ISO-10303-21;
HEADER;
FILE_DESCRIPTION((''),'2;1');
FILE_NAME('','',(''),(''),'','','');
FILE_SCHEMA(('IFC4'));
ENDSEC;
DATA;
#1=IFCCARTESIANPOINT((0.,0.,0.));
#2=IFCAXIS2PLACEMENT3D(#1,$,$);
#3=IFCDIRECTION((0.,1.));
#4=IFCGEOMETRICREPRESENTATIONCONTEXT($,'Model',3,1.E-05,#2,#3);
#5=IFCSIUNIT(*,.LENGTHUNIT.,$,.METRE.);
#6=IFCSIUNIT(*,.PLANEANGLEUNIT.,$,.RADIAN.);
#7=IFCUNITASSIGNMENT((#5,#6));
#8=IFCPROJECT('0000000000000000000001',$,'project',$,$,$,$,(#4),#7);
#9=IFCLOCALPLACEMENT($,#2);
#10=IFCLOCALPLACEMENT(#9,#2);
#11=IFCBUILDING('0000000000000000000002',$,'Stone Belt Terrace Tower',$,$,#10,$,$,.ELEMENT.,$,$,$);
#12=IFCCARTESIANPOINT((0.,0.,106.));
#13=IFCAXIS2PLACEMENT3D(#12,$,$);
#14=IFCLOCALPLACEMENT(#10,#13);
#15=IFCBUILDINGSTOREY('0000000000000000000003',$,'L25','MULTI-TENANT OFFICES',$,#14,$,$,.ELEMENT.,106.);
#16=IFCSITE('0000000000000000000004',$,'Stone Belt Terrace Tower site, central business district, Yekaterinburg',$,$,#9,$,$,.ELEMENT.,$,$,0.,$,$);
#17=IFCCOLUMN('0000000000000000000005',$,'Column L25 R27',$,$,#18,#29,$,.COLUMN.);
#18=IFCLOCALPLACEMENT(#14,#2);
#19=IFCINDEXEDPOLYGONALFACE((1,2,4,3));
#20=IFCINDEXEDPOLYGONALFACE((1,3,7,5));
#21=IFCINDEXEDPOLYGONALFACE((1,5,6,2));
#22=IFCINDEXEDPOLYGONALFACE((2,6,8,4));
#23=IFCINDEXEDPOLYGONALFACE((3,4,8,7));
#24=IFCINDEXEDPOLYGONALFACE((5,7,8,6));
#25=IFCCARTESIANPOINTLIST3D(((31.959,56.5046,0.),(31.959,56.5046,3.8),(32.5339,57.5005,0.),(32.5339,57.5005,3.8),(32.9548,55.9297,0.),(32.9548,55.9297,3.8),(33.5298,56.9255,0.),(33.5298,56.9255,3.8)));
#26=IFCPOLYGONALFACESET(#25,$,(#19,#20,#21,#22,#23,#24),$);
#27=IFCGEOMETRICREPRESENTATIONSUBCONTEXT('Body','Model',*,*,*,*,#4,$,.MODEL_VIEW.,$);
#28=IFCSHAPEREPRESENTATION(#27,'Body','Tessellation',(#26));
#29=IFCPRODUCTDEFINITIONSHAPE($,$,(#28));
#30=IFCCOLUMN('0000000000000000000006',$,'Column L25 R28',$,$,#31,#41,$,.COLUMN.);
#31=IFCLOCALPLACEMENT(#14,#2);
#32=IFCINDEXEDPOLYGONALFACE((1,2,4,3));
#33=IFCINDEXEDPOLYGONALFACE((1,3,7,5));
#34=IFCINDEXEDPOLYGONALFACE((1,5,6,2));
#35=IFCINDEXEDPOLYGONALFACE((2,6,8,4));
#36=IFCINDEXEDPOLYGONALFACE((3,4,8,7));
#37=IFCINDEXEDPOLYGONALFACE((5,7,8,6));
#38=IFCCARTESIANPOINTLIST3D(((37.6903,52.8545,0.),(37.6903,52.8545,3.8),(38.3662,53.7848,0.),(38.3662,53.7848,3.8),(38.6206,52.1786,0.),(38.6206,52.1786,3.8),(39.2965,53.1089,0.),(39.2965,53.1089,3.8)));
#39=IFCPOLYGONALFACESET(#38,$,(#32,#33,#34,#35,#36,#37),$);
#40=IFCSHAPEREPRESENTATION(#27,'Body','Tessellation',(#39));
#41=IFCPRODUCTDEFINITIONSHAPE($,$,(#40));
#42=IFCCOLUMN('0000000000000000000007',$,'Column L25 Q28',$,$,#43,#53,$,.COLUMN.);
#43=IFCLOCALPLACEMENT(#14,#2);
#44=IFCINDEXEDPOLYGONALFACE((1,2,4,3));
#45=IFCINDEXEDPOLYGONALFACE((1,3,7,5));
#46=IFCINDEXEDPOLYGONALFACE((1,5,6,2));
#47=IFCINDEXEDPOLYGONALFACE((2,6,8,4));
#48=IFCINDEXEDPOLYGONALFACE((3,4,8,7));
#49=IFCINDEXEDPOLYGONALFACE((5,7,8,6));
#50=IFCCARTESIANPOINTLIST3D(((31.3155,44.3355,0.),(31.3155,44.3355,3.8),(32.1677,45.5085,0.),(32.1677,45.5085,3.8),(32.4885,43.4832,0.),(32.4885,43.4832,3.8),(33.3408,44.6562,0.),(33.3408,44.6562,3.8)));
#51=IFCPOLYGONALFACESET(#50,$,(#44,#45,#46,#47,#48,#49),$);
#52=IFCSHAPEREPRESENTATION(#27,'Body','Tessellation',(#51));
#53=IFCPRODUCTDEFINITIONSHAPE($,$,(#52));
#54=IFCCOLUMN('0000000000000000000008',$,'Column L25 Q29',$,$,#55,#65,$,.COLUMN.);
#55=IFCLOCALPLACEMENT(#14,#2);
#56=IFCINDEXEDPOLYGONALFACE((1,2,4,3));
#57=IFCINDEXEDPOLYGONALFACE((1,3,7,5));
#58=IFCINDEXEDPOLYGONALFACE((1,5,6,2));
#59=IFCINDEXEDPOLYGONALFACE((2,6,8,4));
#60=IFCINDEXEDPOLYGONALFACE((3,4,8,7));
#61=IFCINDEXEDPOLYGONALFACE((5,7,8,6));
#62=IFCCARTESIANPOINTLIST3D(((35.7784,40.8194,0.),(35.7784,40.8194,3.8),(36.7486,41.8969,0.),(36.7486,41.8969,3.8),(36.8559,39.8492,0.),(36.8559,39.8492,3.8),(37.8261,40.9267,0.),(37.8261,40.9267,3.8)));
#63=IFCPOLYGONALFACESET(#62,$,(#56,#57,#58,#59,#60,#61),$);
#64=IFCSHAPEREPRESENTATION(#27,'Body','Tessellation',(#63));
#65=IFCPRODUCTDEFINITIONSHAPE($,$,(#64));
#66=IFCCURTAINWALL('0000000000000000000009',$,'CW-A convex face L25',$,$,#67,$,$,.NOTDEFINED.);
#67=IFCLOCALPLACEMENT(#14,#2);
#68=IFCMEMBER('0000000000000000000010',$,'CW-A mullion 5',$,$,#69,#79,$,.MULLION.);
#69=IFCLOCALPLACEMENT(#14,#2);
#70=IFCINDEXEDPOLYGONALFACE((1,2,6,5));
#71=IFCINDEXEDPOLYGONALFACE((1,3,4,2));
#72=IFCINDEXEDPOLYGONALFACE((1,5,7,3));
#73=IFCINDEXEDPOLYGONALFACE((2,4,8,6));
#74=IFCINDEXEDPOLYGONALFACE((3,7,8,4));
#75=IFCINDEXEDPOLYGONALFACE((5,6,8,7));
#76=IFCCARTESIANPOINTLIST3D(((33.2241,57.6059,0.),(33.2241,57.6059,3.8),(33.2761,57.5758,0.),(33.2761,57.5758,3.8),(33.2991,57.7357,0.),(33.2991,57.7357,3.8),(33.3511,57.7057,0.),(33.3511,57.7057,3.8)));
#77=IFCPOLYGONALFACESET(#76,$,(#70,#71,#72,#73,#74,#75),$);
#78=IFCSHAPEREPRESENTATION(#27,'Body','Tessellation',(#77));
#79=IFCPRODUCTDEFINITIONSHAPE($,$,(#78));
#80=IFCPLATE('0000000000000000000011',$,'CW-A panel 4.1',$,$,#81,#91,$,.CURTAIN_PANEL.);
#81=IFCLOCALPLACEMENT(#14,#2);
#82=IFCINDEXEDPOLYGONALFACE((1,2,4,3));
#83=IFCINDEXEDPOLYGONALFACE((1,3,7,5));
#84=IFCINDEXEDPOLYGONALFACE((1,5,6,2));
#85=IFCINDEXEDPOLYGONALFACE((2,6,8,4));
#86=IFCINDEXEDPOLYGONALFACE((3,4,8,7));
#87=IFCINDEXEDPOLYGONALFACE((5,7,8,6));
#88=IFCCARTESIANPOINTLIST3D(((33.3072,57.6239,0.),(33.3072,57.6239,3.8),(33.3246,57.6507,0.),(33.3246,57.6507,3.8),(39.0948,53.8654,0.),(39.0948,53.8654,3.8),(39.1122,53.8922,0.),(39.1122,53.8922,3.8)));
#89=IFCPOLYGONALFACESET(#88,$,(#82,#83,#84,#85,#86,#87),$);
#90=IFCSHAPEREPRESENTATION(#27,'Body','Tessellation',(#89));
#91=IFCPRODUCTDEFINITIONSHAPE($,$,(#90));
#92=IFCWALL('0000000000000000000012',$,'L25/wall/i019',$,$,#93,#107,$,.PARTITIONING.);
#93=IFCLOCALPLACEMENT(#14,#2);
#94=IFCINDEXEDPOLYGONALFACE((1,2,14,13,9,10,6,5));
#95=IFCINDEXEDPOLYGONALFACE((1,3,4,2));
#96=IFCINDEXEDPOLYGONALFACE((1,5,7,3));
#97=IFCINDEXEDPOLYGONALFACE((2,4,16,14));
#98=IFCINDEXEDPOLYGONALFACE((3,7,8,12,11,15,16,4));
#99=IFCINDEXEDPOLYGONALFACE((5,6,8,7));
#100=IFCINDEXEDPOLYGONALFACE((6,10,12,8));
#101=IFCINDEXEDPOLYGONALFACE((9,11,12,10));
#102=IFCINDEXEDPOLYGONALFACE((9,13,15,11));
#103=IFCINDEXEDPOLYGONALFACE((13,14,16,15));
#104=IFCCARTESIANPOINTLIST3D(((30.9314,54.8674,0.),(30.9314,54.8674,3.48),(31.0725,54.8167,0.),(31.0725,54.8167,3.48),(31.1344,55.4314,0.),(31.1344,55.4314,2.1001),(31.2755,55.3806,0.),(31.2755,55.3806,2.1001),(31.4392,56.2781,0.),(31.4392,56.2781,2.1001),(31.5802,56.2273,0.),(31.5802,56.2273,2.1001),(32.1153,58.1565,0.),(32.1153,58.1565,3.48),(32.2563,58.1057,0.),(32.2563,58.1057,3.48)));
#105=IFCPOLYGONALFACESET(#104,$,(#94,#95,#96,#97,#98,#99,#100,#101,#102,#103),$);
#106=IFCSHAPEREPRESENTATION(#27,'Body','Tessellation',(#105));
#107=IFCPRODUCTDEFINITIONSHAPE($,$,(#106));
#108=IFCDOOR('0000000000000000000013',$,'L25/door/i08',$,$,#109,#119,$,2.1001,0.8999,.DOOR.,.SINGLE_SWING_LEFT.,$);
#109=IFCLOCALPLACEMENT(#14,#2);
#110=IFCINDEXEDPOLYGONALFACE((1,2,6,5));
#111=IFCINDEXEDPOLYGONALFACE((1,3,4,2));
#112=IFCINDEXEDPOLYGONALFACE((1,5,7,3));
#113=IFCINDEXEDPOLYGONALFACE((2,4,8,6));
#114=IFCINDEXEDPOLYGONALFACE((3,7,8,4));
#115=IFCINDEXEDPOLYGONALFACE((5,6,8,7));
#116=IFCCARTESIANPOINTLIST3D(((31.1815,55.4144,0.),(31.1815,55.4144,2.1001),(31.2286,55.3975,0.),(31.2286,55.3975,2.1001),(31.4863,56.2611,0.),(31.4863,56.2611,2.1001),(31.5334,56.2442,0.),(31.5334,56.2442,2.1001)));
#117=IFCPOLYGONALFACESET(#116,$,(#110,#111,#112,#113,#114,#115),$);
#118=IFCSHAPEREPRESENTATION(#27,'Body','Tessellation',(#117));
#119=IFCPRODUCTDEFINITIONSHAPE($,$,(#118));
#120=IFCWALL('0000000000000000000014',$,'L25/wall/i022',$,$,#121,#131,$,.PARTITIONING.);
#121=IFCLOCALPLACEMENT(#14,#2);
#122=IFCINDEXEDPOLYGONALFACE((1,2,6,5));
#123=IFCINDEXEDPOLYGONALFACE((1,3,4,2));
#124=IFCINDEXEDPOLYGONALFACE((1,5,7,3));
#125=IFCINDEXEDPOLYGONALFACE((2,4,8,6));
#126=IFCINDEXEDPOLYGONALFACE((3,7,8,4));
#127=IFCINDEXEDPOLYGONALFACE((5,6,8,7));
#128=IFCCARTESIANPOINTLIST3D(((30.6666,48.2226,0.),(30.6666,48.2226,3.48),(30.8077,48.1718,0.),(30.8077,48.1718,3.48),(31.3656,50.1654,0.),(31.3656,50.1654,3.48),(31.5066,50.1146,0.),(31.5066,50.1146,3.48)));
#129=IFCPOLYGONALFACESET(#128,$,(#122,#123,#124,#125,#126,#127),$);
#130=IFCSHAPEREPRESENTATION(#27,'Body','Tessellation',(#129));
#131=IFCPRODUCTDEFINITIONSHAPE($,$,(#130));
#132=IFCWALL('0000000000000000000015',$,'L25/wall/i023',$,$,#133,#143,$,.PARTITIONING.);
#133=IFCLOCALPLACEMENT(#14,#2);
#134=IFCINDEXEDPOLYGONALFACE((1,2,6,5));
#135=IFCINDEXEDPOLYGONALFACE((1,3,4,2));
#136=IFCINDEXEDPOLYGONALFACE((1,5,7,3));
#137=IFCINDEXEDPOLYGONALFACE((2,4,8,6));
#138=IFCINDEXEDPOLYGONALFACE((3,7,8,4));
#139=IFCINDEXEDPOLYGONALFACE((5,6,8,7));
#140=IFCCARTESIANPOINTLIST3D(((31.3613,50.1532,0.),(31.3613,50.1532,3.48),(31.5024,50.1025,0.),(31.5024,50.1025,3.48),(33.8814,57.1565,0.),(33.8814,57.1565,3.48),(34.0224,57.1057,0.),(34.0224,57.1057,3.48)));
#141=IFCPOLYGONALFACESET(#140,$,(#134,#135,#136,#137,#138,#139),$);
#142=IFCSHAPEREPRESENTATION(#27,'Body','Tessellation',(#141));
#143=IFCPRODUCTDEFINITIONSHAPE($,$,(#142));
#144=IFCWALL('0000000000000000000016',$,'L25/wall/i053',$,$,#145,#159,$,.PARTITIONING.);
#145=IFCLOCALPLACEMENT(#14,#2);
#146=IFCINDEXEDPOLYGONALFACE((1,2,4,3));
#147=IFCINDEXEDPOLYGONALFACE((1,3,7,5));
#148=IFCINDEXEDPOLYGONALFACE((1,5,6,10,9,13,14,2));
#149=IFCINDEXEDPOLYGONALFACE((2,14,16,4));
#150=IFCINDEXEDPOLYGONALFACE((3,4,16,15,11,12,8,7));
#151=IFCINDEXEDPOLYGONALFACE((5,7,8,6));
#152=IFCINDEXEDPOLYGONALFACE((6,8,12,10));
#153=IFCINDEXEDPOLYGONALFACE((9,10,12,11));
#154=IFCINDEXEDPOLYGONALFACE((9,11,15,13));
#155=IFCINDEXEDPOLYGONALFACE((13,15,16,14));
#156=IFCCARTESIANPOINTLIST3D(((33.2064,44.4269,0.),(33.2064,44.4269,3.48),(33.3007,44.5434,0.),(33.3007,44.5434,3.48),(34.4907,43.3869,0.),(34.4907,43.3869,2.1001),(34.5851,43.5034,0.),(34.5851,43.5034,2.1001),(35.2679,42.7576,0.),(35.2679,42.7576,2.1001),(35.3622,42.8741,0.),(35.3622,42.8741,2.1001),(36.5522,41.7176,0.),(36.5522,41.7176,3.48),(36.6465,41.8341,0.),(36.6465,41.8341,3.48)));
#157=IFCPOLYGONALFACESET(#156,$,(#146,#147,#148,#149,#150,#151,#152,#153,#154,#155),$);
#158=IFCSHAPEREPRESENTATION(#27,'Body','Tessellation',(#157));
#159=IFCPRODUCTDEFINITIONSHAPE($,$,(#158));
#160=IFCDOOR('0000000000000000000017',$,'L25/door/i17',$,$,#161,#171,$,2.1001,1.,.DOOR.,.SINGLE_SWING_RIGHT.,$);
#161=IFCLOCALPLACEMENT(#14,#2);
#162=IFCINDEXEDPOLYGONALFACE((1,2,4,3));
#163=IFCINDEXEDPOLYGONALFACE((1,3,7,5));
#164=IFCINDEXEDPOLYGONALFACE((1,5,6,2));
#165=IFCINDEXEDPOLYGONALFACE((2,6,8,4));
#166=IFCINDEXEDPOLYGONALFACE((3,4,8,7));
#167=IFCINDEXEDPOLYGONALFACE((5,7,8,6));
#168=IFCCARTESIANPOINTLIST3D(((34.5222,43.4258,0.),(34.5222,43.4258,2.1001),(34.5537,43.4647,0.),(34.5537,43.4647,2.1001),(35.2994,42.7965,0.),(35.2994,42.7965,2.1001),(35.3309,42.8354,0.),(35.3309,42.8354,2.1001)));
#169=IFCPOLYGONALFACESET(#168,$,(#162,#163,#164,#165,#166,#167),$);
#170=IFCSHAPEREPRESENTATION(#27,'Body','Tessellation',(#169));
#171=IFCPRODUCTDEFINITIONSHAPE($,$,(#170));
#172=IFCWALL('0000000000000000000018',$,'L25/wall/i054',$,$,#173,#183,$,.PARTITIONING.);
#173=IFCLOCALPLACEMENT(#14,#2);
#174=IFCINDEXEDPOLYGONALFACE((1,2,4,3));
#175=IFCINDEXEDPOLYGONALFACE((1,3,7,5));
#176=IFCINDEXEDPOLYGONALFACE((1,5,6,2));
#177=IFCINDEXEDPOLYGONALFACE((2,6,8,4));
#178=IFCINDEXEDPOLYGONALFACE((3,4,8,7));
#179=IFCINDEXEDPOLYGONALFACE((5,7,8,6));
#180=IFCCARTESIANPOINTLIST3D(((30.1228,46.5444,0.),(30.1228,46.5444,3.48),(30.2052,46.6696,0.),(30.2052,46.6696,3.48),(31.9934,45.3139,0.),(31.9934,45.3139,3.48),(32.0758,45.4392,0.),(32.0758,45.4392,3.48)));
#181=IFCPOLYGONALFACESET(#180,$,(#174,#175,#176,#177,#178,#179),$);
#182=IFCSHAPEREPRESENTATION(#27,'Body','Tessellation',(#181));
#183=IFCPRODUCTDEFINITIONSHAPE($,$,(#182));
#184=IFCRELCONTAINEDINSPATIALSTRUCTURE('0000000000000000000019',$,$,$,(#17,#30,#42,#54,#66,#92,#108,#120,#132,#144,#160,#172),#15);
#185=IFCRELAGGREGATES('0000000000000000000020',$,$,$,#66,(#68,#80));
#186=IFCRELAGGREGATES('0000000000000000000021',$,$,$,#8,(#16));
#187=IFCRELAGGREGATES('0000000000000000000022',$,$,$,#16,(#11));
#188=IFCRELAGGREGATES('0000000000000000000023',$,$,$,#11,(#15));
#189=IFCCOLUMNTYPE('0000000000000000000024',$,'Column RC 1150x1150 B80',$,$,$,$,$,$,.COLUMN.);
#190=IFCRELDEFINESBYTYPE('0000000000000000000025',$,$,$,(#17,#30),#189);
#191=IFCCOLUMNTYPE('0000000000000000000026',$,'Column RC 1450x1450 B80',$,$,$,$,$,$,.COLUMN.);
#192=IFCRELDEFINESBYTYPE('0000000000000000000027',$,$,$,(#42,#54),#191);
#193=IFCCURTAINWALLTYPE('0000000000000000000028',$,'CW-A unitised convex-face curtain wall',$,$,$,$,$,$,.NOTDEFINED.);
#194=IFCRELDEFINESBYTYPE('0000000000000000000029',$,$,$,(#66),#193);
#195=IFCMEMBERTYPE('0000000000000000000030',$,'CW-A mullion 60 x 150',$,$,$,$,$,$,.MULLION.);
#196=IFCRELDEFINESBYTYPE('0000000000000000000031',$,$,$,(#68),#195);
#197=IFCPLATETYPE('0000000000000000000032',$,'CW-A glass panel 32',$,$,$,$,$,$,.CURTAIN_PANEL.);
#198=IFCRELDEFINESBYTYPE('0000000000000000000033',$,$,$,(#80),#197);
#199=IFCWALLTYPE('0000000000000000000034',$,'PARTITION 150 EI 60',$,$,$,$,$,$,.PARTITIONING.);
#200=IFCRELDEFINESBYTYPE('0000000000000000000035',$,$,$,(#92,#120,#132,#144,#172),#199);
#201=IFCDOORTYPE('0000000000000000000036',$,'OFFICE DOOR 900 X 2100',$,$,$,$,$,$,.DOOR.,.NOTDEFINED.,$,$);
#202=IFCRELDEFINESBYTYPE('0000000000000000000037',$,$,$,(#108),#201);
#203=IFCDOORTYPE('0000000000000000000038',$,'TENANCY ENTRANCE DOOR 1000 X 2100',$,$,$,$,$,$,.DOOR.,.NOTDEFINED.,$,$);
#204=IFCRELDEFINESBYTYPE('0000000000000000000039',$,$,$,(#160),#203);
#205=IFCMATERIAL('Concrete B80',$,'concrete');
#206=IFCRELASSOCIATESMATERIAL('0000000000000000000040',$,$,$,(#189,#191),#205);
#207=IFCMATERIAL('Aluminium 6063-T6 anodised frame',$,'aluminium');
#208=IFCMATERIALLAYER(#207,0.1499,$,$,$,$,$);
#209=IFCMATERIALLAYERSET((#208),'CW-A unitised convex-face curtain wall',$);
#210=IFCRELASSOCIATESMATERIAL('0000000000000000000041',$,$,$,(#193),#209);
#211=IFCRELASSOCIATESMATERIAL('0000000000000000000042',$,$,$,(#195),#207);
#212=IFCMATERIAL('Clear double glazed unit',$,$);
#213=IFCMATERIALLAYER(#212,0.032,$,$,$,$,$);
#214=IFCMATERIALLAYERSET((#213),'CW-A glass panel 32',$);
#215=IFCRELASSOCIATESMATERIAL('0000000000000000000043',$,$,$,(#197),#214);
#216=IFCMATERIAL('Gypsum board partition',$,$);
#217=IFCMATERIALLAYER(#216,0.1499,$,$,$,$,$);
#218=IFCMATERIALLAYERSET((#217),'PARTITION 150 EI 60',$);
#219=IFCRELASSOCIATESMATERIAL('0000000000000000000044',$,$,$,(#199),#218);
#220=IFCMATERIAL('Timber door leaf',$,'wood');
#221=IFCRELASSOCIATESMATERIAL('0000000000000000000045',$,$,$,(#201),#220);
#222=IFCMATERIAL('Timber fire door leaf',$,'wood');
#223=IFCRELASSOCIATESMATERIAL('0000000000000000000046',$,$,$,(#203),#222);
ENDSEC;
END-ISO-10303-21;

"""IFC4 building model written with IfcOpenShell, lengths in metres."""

from ifc_helpers import new_model, si_unit, direction, frame, frame_2d, origin, origin_2d, place, context, subcontext, project, spatial, rectangle, extrude, material, layer, layer_set, material_profile, profile_set, type_object, element, fill, aggregate, save


model = new_model("IFC4")

# Units and contexts
model_context = context("Model", 3, precision=1e-05, world=origin(), true_north=direction((0.0, 1.0)))
body_context = subcontext(model_context, "Body", "Model", "MODEL_VIEW")
ifc_project = project(units=[si_unit("LENGTHUNIT", "METRE"), si_unit("PLANEANGLEUNIT", "RADIAN")], contexts=[model_context])

# Site, building, storey
site_placement = place(None, origin())
site = spatial("IfcSite", under=ifc_project, at=site_placement, Name="Stone Belt Terrace Tower site, central business district, Yekaterinburg", CompositionType="ELEMENT", RefElevation=0.0)
building_placement = place(site_placement, origin())
building = spatial("IfcBuilding", under=site, at=building_placement, Name="Stone Belt Terrace Tower", CompositionType="ELEMENT")
storey_placement = place(building_placement, frame((0.0, 0.0, 106.0)))
storey = spatial("IfcBuildingStorey", under=building, at=storey_placement, Name="L25", Description="MULTI-TENANT OFFICES", CompositionType="ELEMENT", Elevation=106.0)

# Columns
ifc_material_1 = material(Name="Concrete B80", Category="concrete")
ifc_material_profile_1 = material_profile(ifc_material_1, rectangle(XDim=1.1499, YDim=1.1499, at=origin_2d()), Name="RC 1150x1150")
ifc_profile_set_1 = profile_set([ifc_material_profile_1], Name="Concrete B80")
column_type_1 = type_object("IfcColumnType", Name="Column RC 1150x1150 B80", PredefinedType="COLUMN", material=ifc_profile_set_1)
for number, where, z_axis, x_axis, name in (
    (1, (32.7444, 56.7151, 0.0), (0.0, 0.0, 1.0), (0.866025, -0.5, 0.0), "Column L25 R27"),
    (2, (38.4934, 52.9817, 0.0), (0.0, 0.0, 1.0), (0.809017, -0.587785, 0.0), "Column L25 R28"),
):
    element("IfcColumn", number, at=place(storey_placement, frame(where, z_axis=z_axis, x_axis=x_axis)), inside=storey, type_object=column_type_1, Name=name, PredefinedType="COLUMN", context=body_context, shape_type="SweptSolid", body=[
        extrude(rectangle(XDim=1.1499, YDim=1.1499, at=origin_2d()), origin(), (0.0, 0.0, 1.0), 3.8),
    ])
ifc_material_profile_2 = material_profile(ifc_material_1, rectangle(XDim=1.45, YDim=1.45, at=origin_2d()), Name="RC 1450x1450")
ifc_profile_set_2 = profile_set([ifc_material_profile_2], Name="Concrete B80")
column_type_2 = type_object("IfcColumnType", Name="Column RC 1450x1450 B80", PredefinedType="COLUMN", material=ifc_profile_set_2)
for number, where, z_axis, x_axis, name in (
    (3, (32.3281, 44.4958, 0.0), (0.0, 0.0, 1.0), (0.809017, -0.587785, 0.0), "Column L25 Q28"),
    (4, (36.8022, 40.873, 0.0), (0.0, 0.0, 1.0), (0.743145, -0.669131, 0.0), "Column L25 Q29"),
):
    element("IfcColumn", number, at=place(storey_placement, frame(where, z_axis=z_axis, x_axis=x_axis)), inside=storey, type_object=column_type_2, Name=name, PredefinedType="COLUMN", context=body_context, shape_type="SweptSolid", body=[
        extrude(rectangle(XDim=1.45, YDim=1.45, at=origin_2d()), origin(), (0.0, 0.0, 1.0), 3.8),
    ])

# Curtain wall, member, plate
ifc_material_2 = material(Name="Aluminium 6063-T6 anodised frame", Category="aluminium")
ifc_layer_1 = layer(ifc_material_2, 0.1499)
ifc_layer_set_1 = layer_set([ifc_layer_1], Name="CW-A unitised convex-face curtain wall")
curtain_wall_type = type_object("IfcCurtainWallType", Name="CW-A unitised convex-face curtain wall", PredefinedType="NOTDEFINED", material=ifc_layer_set_1)
curtain_wall_placement = place(storey_placement, origin())
curtain_wall = element("IfcCurtainWall", 5, at=curtain_wall_placement, inside=storey, type_object=curtain_wall_type, Name="CW-A convex face L25", PredefinedType="NOTDEFINED")
ifc_material_profile_3 = material_profile(ifc_material_2, rectangle(XDim=0.1499, YDim=0.0601, at=origin_2d()), Name="Aluminium 6063-T6 60x150")
ifc_profile_set_3 = profile_set([ifc_material_profile_3], Name="Aluminium 6063-T6 anodised frame")
member_type = type_object("IfcMemberType", Name="CW-A mullion 60 x 150", PredefinedType="MULLION", material=ifc_profile_set_3)
member_placement = place(storey_placement, frame((33.2876, 57.6558, 0.0), z_axis=(0.0, 0.0, 1.0), x_axis=(-0.5, -0.866025, 0.0)))
member = element("IfcMember", 6, at=member_placement, type_object=member_type, Name="CW-A mullion 5", PredefinedType="MULLION", context=body_context, shape_type="SweptSolid", body=[
    extrude(rectangle(XDim=0.1499, YDim=0.0601, at=origin_2d()), origin(), (0.0, 0.0, 1.0), 3.8),
])
ifc_material_3 = material(Name="Clear double glazed unit")
ifc_layer_2 = layer(ifc_material_3, 0.032)
ifc_layer_set_2 = layer_set([ifc_layer_2], Name="CW-A glass panel 32")
plate_type = type_object("IfcPlateType", Name="CW-A glass panel 32", PredefinedType="CURTAIN_PANEL", material=ifc_layer_set_2)
plate_placement = place(storey_placement, frame((36.2097, 55.7581, 0.0), z_axis=(0.0, 0.0, 1.0), x_axis=(-0.838671, 0.544639, 0.0)))
plate = element("IfcPlate", 7, at=plate_placement, type_object=plate_type, Name="CW-A panel 4.1", PredefinedType="CURTAIN_PANEL", context=body_context, shape_type="SweptSolid", body=[
    extrude(rectangle(XDim=6.9009, YDim=0.032, at=origin_2d()), origin(), (0.0, 0.0, 1.0), 3.8),
])
aggregate(curtain_wall, [member, plate])

# Wall, opening, door
ifc_material_4 = material(Name="Gypsum board partition")
ifc_layer_3 = layer(ifc_material_4, 0.1499)
ifc_layer_set_3 = layer_set([ifc_layer_3], Name="PARTITION 150 EI 60")
wall_type_1 = type_object("IfcWallType", Name="PARTITION 150 EI 60", PredefinedType="PARTITIONING", material=ifc_layer_set_3)
wall_1_placement = place(storey_placement, frame((31.002, 54.842, 0.0), z_axis=(0.0, 0.0, 1.0), x_axis=(0.338663, 0.940908, 0.0)))
wall_1 = element("IfcWall", 8, at=wall_1_placement, inside=storey, type_object=wall_type_1, Name="L25/wall/i019", PredefinedType="PARTITIONING", context=body_context, shape_type="SweptSolid", body=[
    extrude(rectangle(XDim=3.4956, YDim=0.1499, at=frame_2d((1.7478, 0.0))), origin(), (0.0, 0.0, 1.0), 3.48),
])
opening_1_placement = place(wall_1_placement, frame((0.5994, 0.0, 0.0)))
opening_1 = element("IfcOpeningElement", 9, at=opening_1_placement, cuts=wall_1, PredefinedType="OPENING", context=body_context, shape_type="SweptSolid", body=[
    extrude(rectangle(XDim=0.8999, YDim=2.1001, at=frame_2d((0.45, 1.05))), frame((0.0, 0.085, 0.0), z_axis=(0.0, -1.0, 0.0), x_axis=(1.0, 0.0, 0.0)), (0.0, 0.0, 1.0), 0.1699),
])
ifc_material_5 = material(Name="Timber door leaf", Category="wood")
door_type_1 = type_object("IfcDoorType", Name="OFFICE DOOR 900 X 2100", OperationType="NOTDEFINED", PredefinedType="DOOR", material=ifc_material_5)
door_1_placement = place(opening_1_placement, origin())
door_1 = element("IfcDoor", 10, at=door_1_placement, inside=storey, type_object=door_type_1, Name="L25/door/i08", OperationType="SINGLE_SWING_LEFT", OverallHeight=2.1001, OverallWidth=0.8999, PredefinedType="DOOR", context=body_context, shape_type="SweptSolid", body=[
    extrude(rectangle(XDim=0.8999, YDim=2.1001, at=frame_2d((0.45, 1.05))), frame((0.0, 0.0249, 0.0), z_axis=(0.0, -1.0, 0.0), x_axis=(1.0, 0.0, 0.0)), (0.0, 0.0, 1.0), 0.05),
])
fill(opening_1, door_1)

# Walls
wall_2_placement = place(storey_placement, frame((31.436, 50.1399, 0.0), z_axis=(0.0, 0.0, 1.0), x_axis=(-0.338523, -0.940958, 0.0)))
element("IfcWall", 11, at=wall_2_placement, inside=storey, type_object=wall_type_1, Name="L25/wall/i022", PredefinedType="PARTITIONING", context=body_context, shape_type="SweptSolid", body=[
    extrude(rectangle(XDim=2.0647, YDim=0.1499, at=frame_2d((1.0322, 0.0))), origin(), (0.0, 0.0, 1.0), 3.48),
])
wall_3_placement = place(storey_placement, frame((33.9519, 57.1311, 0.0), z_axis=(0.0, 0.0, 1.0), x_axis=(-0.338586, -0.940935, 0.0)))
element("IfcWall", 12, at=wall_3_placement, inside=storey, type_object=wall_type_1, Name="L25/wall/i023", PredefinedType="PARTITIONING", context=body_context, shape_type="SweptSolid", body=[
    extrude(rectangle(XDim=7.4429, YDim=0.1499, at=frame_2d((3.7214, 0.0))), origin(), (0.0, 0.0, 1.0), 3.48),
])

# Wall, opening, door
wall_4_placement = place(storey_placement, frame((36.5994, 41.7759, 0.0), z_axis=(0.0, 0.0, 1.0), x_axis=(-0.777154, 0.629311, 0.0)))
wall_4 = element("IfcWall", 13, at=wall_4_placement, inside=storey, type_object=wall_type_1, Name="L25/wall/i053", PredefinedType="PARTITIONING", context=body_context, shape_type="SweptSolid", body=[
    extrude(rectangle(XDim=4.3052, YDim=0.1499, at=frame_2d((2.1526, 0.0))), origin(), (0.0, 0.0, 1.0), 3.48),
])
opening_2_placement = place(wall_4_placement, frame((1.6526, 0.0, 0.0)))
opening_2 = element("IfcOpeningElement", 14, at=opening_2_placement, cuts=wall_4, PredefinedType="OPENING", context=body_context, shape_type="SweptSolid", body=[
    extrude(rectangle(XDim=1.0, YDim=2.1001, at=frame_2d((0.5, 1.05))), frame((0.0, 0.085, 0.0), z_axis=(0.0, -1.0, 0.0), x_axis=(1.0, 0.0, 0.0)), (0.0, 0.0, 1.0), 0.1699),
])
ifc_material_6 = material(Name="Timber fire door leaf", Category="wood")
door_type_2 = type_object("IfcDoorType", Name="TENANCY ENTRANCE DOOR 1000 X 2100", OperationType="NOTDEFINED", PredefinedType="DOOR", material=ifc_material_6)
door_2_placement = place(opening_2_placement, origin())
door_2 = element("IfcDoor", 15, at=door_2_placement, inside=storey, type_object=door_type_2, Name="L25/door/i17", OperationType="SINGLE_SWING_RIGHT", OverallHeight=2.1001, OverallWidth=1.0, PredefinedType="DOOR", context=body_context, shape_type="SweptSolid", body=[
    extrude(rectangle(XDim=1.0, YDim=2.1001, at=frame_2d((0.5, 1.05))), frame((0.0, 0.0249, 0.0), z_axis=(0.0, -1.0, 0.0), x_axis=(1.0, 0.0, 0.0)), (0.0, 0.0, 1.0), 0.05),
])
fill(opening_2, door_2)

# Wall
wall_5_placement = place(storey_placement, frame((32.0347, 45.3765, 0.0), z_axis=(0.0, 0.0, 1.0), x_axis=(-0.835457, 0.549556, 0.0)))
element("IfcWall", 16, at=wall_5_placement, inside=storey, type_object=wall_type_1, Name="L25/wall/i054", PredefinedType="PARTITIONING", context=body_context, shape_type="SweptSolid", body=[
    extrude(rectangle(XDim=2.239, YDim=0.1499, at=frame_2d((1.1196, 0.0))), origin(), (0.0, 0.0, 1.0), 3.48),
])

save(model, "model.ifc")
